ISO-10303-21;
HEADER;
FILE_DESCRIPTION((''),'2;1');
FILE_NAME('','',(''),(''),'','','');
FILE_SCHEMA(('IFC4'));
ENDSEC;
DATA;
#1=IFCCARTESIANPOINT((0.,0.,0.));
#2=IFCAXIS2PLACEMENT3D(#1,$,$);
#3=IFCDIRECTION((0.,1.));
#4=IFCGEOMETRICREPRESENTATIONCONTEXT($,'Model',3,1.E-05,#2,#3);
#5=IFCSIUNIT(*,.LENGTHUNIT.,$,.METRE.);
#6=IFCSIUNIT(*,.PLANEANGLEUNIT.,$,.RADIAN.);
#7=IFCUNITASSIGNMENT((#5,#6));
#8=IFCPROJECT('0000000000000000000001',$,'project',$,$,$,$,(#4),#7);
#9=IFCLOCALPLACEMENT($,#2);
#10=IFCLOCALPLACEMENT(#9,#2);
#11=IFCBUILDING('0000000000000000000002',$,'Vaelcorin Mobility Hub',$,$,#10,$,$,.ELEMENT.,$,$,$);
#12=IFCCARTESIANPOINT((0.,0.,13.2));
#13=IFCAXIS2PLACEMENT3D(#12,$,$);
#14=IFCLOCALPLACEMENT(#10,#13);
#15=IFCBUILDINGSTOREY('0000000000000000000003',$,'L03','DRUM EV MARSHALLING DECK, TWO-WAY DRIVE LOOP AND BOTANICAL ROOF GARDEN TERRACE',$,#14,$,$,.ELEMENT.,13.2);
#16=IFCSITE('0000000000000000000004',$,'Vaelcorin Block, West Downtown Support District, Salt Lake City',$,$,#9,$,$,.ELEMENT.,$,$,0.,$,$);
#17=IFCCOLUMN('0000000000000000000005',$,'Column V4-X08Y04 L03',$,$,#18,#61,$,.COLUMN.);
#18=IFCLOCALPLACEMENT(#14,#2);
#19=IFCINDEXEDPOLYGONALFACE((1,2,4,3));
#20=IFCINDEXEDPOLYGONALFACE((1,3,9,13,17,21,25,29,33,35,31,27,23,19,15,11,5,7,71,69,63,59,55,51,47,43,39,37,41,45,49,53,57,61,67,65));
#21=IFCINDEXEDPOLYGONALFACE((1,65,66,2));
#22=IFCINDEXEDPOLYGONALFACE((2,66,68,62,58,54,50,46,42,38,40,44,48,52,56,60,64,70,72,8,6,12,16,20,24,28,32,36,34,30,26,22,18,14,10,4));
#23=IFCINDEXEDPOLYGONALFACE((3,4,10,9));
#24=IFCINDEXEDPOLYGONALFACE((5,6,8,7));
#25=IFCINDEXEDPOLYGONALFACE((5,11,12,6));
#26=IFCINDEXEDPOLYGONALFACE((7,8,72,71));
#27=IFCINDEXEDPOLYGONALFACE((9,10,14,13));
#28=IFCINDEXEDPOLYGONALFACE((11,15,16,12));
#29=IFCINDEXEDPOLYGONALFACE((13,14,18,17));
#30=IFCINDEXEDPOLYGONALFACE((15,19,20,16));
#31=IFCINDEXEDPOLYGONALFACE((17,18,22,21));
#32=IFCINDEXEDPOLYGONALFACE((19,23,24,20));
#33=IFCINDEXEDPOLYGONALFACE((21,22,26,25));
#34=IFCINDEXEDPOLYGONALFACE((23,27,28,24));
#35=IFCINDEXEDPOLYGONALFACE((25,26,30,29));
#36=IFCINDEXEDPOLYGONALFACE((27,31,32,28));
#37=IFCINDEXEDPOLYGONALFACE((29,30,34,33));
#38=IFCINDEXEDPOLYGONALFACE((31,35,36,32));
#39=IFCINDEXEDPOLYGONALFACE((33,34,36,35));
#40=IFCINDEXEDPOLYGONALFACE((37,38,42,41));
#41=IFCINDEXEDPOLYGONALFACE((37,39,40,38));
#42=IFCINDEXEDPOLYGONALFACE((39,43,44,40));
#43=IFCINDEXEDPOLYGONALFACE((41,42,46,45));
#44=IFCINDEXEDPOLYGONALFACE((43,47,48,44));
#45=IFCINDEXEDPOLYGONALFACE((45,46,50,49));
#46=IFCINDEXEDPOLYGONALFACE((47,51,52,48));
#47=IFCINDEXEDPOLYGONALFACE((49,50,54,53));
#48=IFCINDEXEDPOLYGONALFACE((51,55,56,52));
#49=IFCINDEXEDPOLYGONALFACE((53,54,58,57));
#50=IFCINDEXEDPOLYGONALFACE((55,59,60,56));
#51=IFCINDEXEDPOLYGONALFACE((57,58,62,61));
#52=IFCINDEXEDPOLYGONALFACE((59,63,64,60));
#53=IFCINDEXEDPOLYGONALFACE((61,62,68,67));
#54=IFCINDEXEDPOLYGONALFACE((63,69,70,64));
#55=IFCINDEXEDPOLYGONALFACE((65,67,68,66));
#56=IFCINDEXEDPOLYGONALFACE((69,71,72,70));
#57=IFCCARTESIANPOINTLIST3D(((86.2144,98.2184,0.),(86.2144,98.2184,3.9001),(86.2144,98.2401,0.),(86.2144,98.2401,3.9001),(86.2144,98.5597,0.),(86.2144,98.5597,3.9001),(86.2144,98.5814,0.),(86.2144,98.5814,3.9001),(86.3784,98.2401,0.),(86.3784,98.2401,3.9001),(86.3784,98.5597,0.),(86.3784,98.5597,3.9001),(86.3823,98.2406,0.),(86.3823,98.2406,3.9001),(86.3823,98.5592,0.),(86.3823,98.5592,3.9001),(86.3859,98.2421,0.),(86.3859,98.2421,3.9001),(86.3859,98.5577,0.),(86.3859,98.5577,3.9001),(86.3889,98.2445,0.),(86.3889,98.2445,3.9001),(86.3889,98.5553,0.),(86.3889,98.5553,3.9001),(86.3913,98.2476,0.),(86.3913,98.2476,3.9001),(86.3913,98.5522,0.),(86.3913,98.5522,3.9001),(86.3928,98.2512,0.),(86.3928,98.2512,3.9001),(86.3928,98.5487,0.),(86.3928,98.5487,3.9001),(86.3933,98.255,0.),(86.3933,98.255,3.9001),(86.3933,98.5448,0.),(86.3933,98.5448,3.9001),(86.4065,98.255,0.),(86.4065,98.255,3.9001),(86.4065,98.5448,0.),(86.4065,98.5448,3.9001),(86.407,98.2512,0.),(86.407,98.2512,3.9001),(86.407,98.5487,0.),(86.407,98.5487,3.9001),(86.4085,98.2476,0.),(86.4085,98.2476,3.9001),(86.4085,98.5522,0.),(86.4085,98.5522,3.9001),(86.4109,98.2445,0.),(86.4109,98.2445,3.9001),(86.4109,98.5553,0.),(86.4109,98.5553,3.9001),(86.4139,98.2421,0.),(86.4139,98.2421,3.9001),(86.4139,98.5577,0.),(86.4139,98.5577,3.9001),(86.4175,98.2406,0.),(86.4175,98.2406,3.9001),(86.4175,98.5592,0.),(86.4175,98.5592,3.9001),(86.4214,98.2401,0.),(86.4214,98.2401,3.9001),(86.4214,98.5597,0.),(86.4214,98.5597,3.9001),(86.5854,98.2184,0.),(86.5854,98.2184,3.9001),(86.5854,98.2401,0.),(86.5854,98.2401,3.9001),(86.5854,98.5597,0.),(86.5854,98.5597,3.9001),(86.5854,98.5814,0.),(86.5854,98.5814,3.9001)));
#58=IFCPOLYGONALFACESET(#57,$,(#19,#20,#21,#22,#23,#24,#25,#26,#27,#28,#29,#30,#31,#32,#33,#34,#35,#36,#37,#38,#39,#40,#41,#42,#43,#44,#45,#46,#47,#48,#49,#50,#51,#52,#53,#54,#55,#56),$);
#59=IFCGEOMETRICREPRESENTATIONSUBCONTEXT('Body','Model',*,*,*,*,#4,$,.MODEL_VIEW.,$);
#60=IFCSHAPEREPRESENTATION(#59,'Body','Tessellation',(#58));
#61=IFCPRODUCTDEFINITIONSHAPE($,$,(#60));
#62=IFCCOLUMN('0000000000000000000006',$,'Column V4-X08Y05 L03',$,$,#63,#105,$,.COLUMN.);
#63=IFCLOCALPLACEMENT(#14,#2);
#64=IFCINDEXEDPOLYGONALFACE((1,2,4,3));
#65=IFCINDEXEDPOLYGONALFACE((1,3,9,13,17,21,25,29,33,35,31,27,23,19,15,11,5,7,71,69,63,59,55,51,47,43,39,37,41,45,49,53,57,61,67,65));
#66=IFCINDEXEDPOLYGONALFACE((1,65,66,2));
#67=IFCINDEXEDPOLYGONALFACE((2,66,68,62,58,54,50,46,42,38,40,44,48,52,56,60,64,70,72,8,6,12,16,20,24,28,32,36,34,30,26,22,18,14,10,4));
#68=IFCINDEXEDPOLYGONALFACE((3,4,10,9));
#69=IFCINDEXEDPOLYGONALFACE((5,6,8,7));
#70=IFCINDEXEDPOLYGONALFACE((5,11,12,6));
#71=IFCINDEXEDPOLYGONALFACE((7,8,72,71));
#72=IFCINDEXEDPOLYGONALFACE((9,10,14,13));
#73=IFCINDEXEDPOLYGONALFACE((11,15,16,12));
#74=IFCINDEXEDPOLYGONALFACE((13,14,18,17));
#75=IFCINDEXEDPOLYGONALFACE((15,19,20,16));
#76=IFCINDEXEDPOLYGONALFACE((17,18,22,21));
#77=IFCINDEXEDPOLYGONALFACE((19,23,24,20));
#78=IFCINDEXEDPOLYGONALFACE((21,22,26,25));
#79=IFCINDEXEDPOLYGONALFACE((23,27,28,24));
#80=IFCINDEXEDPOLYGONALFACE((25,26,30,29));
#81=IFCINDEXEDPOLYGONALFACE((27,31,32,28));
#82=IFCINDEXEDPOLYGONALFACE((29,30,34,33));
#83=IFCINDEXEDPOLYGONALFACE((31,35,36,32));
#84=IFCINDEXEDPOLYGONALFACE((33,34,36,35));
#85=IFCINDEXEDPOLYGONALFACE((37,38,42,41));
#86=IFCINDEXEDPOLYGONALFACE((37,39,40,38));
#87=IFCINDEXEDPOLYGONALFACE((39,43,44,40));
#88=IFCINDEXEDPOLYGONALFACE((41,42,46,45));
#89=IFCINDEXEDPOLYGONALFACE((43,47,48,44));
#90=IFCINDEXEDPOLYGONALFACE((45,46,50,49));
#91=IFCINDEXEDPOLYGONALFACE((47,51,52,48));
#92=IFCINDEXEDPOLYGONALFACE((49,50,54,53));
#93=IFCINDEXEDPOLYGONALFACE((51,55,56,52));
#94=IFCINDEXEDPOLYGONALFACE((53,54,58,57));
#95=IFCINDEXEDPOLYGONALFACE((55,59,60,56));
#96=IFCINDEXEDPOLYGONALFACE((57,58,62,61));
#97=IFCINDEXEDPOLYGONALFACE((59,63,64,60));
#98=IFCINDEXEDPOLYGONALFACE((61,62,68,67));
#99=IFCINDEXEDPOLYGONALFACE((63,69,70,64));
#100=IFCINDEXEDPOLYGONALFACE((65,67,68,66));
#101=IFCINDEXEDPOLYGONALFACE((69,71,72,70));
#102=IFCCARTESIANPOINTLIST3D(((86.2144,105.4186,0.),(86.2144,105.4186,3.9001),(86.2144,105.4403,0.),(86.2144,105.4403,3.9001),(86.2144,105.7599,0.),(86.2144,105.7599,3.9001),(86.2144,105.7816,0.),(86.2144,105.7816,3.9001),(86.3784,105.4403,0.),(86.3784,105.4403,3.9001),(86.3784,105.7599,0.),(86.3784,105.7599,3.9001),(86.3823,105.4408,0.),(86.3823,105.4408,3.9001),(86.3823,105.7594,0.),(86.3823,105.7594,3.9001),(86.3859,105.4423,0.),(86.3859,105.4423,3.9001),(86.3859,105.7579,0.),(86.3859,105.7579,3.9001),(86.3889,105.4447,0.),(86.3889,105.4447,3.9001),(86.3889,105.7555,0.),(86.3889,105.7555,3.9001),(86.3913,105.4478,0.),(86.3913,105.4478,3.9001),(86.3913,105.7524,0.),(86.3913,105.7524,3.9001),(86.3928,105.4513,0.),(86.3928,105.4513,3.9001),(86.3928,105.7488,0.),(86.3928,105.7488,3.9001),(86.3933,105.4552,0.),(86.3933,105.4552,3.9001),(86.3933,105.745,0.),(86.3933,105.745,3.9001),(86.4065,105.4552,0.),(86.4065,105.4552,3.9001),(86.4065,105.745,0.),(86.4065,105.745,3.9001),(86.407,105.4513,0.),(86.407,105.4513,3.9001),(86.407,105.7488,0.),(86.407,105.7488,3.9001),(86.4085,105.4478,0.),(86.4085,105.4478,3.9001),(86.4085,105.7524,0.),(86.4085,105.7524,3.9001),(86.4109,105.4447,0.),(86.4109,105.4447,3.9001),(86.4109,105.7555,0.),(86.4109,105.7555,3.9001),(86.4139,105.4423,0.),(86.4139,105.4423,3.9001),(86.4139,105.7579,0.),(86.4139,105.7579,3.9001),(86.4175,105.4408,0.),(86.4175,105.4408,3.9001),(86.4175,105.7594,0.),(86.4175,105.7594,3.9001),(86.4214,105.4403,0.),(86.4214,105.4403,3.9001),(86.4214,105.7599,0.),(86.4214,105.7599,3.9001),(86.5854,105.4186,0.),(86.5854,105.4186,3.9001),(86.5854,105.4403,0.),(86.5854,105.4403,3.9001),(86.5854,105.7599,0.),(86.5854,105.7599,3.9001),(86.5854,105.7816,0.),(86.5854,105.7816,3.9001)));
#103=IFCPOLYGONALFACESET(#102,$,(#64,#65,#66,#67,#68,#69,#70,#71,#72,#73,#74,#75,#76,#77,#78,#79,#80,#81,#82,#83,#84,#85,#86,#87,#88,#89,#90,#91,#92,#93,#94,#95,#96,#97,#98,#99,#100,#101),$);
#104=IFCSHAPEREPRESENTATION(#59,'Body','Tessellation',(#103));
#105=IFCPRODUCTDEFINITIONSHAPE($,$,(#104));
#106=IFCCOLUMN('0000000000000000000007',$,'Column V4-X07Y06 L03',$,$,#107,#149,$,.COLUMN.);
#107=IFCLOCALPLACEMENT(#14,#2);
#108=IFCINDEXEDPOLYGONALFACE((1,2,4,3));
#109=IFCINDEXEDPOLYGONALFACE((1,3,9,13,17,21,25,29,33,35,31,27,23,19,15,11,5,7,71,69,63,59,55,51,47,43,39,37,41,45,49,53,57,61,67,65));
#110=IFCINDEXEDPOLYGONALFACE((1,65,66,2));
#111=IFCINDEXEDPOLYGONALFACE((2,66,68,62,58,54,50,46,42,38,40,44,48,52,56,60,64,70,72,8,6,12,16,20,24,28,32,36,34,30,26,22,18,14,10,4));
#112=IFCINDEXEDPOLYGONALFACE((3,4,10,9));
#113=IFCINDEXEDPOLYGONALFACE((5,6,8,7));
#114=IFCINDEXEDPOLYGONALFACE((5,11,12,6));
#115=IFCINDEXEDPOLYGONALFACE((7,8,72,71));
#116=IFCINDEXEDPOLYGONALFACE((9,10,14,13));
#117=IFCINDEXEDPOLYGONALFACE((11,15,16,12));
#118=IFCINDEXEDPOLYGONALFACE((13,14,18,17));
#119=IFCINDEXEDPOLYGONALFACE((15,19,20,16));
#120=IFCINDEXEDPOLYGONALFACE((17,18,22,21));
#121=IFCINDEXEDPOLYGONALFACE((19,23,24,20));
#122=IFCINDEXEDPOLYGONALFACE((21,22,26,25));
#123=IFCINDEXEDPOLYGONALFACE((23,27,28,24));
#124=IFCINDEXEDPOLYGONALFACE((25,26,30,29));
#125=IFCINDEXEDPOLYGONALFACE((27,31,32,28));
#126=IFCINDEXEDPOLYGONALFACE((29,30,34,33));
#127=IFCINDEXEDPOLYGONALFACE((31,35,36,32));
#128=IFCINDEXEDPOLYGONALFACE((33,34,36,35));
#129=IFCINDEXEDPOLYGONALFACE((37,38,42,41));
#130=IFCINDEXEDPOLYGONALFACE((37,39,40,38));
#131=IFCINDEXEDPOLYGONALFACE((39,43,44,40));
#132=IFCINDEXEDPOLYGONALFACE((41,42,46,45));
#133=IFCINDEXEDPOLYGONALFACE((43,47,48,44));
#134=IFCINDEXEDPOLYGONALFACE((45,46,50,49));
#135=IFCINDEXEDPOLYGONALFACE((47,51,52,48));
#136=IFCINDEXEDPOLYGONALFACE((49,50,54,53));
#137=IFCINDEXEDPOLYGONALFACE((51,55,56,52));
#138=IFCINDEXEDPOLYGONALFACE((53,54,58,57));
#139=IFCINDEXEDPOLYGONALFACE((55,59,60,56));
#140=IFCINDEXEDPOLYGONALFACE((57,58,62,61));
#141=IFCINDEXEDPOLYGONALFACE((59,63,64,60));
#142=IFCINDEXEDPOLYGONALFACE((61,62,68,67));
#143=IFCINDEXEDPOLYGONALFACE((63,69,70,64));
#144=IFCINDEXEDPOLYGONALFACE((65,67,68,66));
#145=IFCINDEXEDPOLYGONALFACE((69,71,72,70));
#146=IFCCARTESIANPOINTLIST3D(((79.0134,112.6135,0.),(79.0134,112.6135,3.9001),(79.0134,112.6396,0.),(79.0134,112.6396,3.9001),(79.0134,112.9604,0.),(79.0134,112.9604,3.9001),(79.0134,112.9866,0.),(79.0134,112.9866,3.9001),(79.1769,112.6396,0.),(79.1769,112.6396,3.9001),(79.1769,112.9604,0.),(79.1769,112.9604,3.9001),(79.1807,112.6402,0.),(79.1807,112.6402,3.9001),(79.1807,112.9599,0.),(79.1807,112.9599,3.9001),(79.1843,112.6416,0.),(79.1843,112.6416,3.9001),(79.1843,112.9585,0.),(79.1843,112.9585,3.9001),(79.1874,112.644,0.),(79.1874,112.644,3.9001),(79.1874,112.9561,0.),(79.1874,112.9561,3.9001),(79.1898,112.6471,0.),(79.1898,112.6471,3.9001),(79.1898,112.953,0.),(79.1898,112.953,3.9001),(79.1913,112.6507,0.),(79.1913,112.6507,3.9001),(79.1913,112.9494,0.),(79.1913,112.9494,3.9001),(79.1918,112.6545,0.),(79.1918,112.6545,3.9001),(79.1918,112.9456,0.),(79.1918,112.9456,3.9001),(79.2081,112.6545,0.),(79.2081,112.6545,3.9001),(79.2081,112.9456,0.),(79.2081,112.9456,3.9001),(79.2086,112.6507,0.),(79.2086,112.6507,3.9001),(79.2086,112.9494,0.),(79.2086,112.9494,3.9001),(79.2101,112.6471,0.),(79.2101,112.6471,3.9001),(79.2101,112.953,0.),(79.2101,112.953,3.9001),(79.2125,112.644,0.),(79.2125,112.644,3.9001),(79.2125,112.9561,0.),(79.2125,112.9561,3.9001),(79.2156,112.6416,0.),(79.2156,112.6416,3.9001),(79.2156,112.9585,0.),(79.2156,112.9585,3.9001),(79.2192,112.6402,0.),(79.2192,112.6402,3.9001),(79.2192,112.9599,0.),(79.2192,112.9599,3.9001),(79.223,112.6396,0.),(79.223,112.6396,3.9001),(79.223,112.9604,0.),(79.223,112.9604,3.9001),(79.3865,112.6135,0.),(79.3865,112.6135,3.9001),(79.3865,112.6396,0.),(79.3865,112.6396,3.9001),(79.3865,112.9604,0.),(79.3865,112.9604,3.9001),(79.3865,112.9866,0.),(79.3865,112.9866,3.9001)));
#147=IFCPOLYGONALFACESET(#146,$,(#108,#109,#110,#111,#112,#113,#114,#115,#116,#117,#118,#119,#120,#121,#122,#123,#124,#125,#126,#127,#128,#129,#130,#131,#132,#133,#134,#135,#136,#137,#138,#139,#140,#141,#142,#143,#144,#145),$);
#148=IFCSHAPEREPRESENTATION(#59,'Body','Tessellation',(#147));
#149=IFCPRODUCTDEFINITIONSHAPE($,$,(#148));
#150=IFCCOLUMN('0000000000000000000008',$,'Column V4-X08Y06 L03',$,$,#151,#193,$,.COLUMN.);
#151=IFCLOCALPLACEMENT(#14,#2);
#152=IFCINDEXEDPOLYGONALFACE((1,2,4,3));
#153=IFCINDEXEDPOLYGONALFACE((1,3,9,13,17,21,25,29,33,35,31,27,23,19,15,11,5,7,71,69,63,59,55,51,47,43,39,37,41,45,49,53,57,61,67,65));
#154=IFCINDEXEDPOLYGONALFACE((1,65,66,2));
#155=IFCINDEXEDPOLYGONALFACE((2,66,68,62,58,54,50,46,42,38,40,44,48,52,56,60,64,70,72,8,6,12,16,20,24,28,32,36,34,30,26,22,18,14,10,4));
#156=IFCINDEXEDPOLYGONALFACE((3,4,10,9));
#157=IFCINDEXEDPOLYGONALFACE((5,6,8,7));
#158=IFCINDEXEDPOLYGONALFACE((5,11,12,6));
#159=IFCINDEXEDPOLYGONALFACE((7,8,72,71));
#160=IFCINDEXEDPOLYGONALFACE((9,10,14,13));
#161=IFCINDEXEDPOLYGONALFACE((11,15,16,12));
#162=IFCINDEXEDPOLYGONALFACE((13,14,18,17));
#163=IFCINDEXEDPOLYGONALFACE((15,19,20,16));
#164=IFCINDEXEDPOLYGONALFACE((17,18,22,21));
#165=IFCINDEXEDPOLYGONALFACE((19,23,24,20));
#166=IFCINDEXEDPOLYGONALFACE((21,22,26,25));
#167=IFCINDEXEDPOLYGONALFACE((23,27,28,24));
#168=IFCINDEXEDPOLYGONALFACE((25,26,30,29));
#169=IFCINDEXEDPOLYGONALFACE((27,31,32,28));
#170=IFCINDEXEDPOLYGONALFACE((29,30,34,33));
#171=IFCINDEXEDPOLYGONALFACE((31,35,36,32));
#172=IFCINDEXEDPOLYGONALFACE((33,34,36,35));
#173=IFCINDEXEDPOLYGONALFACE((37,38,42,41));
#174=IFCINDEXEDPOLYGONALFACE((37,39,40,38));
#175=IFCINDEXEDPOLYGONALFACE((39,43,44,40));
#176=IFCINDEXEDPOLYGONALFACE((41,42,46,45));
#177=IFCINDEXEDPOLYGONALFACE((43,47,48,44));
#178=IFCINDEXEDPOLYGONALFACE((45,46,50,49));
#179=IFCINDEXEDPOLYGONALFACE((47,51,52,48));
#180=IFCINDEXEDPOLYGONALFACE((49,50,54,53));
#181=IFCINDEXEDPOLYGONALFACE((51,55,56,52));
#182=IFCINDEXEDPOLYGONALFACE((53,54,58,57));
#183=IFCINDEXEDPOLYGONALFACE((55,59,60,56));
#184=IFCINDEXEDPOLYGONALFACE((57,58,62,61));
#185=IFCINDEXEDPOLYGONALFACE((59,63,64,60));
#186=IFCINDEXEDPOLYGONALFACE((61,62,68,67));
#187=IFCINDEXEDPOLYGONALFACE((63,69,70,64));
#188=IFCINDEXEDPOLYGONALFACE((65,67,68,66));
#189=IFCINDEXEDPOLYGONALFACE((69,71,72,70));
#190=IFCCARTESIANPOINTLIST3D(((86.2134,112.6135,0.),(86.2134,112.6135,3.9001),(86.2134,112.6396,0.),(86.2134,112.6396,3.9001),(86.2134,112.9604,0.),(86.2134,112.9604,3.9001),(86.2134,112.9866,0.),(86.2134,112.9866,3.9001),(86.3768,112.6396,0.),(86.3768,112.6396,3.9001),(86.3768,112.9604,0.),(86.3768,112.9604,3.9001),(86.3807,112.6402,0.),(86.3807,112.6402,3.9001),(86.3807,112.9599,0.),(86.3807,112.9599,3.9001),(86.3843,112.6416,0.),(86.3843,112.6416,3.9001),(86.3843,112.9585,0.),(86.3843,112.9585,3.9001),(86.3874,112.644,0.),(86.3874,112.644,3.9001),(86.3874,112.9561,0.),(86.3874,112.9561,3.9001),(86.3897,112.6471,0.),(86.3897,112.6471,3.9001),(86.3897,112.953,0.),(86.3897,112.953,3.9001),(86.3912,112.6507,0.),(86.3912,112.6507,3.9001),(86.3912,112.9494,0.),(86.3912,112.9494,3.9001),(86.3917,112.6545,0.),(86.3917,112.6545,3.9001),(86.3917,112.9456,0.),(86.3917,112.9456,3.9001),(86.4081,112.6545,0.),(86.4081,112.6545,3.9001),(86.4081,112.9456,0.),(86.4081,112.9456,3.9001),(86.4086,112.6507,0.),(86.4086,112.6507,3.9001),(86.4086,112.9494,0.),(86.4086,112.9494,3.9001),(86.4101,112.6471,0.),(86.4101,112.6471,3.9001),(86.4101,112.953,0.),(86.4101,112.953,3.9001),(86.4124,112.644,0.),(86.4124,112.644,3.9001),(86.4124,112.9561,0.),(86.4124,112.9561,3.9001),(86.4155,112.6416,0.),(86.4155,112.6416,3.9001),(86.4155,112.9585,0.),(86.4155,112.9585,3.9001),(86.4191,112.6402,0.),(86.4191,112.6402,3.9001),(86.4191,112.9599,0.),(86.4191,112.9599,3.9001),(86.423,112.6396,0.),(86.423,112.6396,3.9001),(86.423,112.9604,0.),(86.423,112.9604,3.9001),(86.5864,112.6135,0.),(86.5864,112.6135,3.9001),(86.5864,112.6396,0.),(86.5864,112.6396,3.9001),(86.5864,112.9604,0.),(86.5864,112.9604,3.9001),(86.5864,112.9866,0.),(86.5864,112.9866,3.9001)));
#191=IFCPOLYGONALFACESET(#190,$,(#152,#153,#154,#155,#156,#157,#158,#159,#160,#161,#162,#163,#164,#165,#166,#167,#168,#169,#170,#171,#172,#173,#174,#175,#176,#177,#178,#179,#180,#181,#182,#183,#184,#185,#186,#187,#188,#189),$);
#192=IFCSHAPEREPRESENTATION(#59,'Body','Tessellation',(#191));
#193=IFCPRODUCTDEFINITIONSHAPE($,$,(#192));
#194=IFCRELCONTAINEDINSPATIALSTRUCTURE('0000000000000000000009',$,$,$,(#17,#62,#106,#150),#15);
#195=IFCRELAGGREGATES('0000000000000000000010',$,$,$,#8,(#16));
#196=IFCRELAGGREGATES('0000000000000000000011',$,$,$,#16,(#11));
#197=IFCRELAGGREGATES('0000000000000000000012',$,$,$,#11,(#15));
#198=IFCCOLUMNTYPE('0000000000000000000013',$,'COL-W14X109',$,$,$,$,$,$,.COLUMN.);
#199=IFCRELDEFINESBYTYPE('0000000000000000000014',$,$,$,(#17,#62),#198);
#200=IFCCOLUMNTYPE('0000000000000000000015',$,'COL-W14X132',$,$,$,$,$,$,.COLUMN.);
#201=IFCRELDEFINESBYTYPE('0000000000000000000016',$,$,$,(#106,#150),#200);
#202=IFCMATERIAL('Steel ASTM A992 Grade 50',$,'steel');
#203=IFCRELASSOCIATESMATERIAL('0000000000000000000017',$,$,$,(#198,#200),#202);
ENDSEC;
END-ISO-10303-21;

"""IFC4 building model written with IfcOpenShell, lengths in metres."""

from ifc_helpers import new_model, si_unit, direction, frame, origin, origin_2d, place, context, subcontext, project, spatial, i_section, extrude, material, material_profile, profile_set, type_object, element, save


model = new_model("IFC4")

# Units and contexts
model_context = context("Model", 3, precision=1e-05, world=origin(), true_north=direction((0.0, 1.0)))
body_context = subcontext(model_context, "Body", "Model", "MODEL_VIEW")
ifc_project = project(units=[si_unit("LENGTHUNIT", "METRE"), si_unit("PLANEANGLEUNIT", "RADIAN")], contexts=[model_context])

# Site, building, storey
site_placement = place(None, origin())
site = spatial("IfcSite", under=ifc_project, at=site_placement, Name="Vaelcorin Block, West Downtown Support District, Salt Lake City", CompositionType="ELEMENT", RefElevation=0.0)
building_placement = place(site_placement, origin())
building = spatial("IfcBuilding", under=site, at=building_placement, Name="Vaelcorin Mobility Hub", CompositionType="ELEMENT")
storey_placement = place(building_placement, frame((0.0, 0.0, 13.2)))
storey = spatial("IfcBuildingStorey", under=building, at=storey_placement, Name="L03", Description="DRUM EV MARSHALLING DECK, TWO-WAY DRIVE LOOP AND BOTANICAL ROOF GARDEN TERRACE", CompositionType="ELEMENT", Elevation=13.2)

# Columns
ifc_material_1 = material(Name="Steel ASTM A992 Grade 50", Category="steel")
ifc_material_profile_1 = material_profile(ifc_material_1, i_section(OverallWidth=0.3711, OverallDepth=0.363, WebThickness=0.0132, FlangeThickness=0.0217, FilletRadius=0.0149, at=origin_2d()), Name="W14X109")
ifc_profile_set_1 = profile_set([ifc_material_profile_1], Name="Steel ASTM A992 Grade 50")
column_type_1 = type_object("IfcColumnType", Name="COL-W14X109", PredefinedType="COLUMN", material=ifc_profile_set_1)
for number, where, z_axis, x_axis, name in (
    (1, (86.3999, 98.3999, 0.0), (0.0, 0.0, 1.0), (1.0, 0.0, 0.0), "Column V4-X08Y04 L03"),
    (2, (86.3999, 105.6001, 0.0), (0.0, 0.0, 1.0), (1.0, 0.0, 0.0), "Column V4-X08Y05 L03"),
):
    element("IfcColumn", number, at=place(storey_placement, frame(where, z_axis=z_axis, x_axis=x_axis)), inside=storey, type_object=column_type_1, Name=name, PredefinedType="COLUMN", context=body_context, shape_type="SweptSolid", body=[
        extrude(i_section(OverallWidth=0.3711, OverallDepth=0.363, WebThickness=0.0132, FlangeThickness=0.0217, FilletRadius=0.0149, at=origin_2d()), origin(), (0.0, 0.0, 1.0), 3.9001),
    ])
ifc_material_profile_2 = material_profile(ifc_material_1, i_section(OverallWidth=0.373, OverallDepth=0.373, WebThickness=0.0164, FlangeThickness=0.0261, FilletRadius=0.0149, at=origin_2d()), Name="W14X132")
ifc_profile_set_2 = profile_set([ifc_material_profile_2], Name="Steel ASTM A992 Grade 50")
column_type_2 = type_object("IfcColumnType", Name="COL-W14X132", PredefinedType="COLUMN", material=ifc_profile_set_2)
for number, where, z_axis, x_axis, name in (
    (3, (79.2, 112.8, 0.0), (0.0, 0.0, 1.0), (1.0, 0.0, 0.0), "Column V4-X07Y06 L03"),
    (4, (86.3999, 112.8, 0.0), (0.0, 0.0, 1.0), (1.0, 0.0, 0.0), "Column V4-X08Y06 L03"),
):
    element("IfcColumn", number, at=place(storey_placement, frame(where, z_axis=z_axis, x_axis=x_axis)), inside=storey, type_object=column_type_2, Name=name, PredefinedType="COLUMN", context=body_context, shape_type="SweptSolid", body=[
        extrude(i_section(OverallWidth=0.373, OverallDepth=0.373, WebThickness=0.0164, FlangeThickness=0.0261, FilletRadius=0.0149, at=origin_2d()), origin(), (0.0, 0.0, 1.0), 3.9001),
    ])

save(model, "model.ifc")
